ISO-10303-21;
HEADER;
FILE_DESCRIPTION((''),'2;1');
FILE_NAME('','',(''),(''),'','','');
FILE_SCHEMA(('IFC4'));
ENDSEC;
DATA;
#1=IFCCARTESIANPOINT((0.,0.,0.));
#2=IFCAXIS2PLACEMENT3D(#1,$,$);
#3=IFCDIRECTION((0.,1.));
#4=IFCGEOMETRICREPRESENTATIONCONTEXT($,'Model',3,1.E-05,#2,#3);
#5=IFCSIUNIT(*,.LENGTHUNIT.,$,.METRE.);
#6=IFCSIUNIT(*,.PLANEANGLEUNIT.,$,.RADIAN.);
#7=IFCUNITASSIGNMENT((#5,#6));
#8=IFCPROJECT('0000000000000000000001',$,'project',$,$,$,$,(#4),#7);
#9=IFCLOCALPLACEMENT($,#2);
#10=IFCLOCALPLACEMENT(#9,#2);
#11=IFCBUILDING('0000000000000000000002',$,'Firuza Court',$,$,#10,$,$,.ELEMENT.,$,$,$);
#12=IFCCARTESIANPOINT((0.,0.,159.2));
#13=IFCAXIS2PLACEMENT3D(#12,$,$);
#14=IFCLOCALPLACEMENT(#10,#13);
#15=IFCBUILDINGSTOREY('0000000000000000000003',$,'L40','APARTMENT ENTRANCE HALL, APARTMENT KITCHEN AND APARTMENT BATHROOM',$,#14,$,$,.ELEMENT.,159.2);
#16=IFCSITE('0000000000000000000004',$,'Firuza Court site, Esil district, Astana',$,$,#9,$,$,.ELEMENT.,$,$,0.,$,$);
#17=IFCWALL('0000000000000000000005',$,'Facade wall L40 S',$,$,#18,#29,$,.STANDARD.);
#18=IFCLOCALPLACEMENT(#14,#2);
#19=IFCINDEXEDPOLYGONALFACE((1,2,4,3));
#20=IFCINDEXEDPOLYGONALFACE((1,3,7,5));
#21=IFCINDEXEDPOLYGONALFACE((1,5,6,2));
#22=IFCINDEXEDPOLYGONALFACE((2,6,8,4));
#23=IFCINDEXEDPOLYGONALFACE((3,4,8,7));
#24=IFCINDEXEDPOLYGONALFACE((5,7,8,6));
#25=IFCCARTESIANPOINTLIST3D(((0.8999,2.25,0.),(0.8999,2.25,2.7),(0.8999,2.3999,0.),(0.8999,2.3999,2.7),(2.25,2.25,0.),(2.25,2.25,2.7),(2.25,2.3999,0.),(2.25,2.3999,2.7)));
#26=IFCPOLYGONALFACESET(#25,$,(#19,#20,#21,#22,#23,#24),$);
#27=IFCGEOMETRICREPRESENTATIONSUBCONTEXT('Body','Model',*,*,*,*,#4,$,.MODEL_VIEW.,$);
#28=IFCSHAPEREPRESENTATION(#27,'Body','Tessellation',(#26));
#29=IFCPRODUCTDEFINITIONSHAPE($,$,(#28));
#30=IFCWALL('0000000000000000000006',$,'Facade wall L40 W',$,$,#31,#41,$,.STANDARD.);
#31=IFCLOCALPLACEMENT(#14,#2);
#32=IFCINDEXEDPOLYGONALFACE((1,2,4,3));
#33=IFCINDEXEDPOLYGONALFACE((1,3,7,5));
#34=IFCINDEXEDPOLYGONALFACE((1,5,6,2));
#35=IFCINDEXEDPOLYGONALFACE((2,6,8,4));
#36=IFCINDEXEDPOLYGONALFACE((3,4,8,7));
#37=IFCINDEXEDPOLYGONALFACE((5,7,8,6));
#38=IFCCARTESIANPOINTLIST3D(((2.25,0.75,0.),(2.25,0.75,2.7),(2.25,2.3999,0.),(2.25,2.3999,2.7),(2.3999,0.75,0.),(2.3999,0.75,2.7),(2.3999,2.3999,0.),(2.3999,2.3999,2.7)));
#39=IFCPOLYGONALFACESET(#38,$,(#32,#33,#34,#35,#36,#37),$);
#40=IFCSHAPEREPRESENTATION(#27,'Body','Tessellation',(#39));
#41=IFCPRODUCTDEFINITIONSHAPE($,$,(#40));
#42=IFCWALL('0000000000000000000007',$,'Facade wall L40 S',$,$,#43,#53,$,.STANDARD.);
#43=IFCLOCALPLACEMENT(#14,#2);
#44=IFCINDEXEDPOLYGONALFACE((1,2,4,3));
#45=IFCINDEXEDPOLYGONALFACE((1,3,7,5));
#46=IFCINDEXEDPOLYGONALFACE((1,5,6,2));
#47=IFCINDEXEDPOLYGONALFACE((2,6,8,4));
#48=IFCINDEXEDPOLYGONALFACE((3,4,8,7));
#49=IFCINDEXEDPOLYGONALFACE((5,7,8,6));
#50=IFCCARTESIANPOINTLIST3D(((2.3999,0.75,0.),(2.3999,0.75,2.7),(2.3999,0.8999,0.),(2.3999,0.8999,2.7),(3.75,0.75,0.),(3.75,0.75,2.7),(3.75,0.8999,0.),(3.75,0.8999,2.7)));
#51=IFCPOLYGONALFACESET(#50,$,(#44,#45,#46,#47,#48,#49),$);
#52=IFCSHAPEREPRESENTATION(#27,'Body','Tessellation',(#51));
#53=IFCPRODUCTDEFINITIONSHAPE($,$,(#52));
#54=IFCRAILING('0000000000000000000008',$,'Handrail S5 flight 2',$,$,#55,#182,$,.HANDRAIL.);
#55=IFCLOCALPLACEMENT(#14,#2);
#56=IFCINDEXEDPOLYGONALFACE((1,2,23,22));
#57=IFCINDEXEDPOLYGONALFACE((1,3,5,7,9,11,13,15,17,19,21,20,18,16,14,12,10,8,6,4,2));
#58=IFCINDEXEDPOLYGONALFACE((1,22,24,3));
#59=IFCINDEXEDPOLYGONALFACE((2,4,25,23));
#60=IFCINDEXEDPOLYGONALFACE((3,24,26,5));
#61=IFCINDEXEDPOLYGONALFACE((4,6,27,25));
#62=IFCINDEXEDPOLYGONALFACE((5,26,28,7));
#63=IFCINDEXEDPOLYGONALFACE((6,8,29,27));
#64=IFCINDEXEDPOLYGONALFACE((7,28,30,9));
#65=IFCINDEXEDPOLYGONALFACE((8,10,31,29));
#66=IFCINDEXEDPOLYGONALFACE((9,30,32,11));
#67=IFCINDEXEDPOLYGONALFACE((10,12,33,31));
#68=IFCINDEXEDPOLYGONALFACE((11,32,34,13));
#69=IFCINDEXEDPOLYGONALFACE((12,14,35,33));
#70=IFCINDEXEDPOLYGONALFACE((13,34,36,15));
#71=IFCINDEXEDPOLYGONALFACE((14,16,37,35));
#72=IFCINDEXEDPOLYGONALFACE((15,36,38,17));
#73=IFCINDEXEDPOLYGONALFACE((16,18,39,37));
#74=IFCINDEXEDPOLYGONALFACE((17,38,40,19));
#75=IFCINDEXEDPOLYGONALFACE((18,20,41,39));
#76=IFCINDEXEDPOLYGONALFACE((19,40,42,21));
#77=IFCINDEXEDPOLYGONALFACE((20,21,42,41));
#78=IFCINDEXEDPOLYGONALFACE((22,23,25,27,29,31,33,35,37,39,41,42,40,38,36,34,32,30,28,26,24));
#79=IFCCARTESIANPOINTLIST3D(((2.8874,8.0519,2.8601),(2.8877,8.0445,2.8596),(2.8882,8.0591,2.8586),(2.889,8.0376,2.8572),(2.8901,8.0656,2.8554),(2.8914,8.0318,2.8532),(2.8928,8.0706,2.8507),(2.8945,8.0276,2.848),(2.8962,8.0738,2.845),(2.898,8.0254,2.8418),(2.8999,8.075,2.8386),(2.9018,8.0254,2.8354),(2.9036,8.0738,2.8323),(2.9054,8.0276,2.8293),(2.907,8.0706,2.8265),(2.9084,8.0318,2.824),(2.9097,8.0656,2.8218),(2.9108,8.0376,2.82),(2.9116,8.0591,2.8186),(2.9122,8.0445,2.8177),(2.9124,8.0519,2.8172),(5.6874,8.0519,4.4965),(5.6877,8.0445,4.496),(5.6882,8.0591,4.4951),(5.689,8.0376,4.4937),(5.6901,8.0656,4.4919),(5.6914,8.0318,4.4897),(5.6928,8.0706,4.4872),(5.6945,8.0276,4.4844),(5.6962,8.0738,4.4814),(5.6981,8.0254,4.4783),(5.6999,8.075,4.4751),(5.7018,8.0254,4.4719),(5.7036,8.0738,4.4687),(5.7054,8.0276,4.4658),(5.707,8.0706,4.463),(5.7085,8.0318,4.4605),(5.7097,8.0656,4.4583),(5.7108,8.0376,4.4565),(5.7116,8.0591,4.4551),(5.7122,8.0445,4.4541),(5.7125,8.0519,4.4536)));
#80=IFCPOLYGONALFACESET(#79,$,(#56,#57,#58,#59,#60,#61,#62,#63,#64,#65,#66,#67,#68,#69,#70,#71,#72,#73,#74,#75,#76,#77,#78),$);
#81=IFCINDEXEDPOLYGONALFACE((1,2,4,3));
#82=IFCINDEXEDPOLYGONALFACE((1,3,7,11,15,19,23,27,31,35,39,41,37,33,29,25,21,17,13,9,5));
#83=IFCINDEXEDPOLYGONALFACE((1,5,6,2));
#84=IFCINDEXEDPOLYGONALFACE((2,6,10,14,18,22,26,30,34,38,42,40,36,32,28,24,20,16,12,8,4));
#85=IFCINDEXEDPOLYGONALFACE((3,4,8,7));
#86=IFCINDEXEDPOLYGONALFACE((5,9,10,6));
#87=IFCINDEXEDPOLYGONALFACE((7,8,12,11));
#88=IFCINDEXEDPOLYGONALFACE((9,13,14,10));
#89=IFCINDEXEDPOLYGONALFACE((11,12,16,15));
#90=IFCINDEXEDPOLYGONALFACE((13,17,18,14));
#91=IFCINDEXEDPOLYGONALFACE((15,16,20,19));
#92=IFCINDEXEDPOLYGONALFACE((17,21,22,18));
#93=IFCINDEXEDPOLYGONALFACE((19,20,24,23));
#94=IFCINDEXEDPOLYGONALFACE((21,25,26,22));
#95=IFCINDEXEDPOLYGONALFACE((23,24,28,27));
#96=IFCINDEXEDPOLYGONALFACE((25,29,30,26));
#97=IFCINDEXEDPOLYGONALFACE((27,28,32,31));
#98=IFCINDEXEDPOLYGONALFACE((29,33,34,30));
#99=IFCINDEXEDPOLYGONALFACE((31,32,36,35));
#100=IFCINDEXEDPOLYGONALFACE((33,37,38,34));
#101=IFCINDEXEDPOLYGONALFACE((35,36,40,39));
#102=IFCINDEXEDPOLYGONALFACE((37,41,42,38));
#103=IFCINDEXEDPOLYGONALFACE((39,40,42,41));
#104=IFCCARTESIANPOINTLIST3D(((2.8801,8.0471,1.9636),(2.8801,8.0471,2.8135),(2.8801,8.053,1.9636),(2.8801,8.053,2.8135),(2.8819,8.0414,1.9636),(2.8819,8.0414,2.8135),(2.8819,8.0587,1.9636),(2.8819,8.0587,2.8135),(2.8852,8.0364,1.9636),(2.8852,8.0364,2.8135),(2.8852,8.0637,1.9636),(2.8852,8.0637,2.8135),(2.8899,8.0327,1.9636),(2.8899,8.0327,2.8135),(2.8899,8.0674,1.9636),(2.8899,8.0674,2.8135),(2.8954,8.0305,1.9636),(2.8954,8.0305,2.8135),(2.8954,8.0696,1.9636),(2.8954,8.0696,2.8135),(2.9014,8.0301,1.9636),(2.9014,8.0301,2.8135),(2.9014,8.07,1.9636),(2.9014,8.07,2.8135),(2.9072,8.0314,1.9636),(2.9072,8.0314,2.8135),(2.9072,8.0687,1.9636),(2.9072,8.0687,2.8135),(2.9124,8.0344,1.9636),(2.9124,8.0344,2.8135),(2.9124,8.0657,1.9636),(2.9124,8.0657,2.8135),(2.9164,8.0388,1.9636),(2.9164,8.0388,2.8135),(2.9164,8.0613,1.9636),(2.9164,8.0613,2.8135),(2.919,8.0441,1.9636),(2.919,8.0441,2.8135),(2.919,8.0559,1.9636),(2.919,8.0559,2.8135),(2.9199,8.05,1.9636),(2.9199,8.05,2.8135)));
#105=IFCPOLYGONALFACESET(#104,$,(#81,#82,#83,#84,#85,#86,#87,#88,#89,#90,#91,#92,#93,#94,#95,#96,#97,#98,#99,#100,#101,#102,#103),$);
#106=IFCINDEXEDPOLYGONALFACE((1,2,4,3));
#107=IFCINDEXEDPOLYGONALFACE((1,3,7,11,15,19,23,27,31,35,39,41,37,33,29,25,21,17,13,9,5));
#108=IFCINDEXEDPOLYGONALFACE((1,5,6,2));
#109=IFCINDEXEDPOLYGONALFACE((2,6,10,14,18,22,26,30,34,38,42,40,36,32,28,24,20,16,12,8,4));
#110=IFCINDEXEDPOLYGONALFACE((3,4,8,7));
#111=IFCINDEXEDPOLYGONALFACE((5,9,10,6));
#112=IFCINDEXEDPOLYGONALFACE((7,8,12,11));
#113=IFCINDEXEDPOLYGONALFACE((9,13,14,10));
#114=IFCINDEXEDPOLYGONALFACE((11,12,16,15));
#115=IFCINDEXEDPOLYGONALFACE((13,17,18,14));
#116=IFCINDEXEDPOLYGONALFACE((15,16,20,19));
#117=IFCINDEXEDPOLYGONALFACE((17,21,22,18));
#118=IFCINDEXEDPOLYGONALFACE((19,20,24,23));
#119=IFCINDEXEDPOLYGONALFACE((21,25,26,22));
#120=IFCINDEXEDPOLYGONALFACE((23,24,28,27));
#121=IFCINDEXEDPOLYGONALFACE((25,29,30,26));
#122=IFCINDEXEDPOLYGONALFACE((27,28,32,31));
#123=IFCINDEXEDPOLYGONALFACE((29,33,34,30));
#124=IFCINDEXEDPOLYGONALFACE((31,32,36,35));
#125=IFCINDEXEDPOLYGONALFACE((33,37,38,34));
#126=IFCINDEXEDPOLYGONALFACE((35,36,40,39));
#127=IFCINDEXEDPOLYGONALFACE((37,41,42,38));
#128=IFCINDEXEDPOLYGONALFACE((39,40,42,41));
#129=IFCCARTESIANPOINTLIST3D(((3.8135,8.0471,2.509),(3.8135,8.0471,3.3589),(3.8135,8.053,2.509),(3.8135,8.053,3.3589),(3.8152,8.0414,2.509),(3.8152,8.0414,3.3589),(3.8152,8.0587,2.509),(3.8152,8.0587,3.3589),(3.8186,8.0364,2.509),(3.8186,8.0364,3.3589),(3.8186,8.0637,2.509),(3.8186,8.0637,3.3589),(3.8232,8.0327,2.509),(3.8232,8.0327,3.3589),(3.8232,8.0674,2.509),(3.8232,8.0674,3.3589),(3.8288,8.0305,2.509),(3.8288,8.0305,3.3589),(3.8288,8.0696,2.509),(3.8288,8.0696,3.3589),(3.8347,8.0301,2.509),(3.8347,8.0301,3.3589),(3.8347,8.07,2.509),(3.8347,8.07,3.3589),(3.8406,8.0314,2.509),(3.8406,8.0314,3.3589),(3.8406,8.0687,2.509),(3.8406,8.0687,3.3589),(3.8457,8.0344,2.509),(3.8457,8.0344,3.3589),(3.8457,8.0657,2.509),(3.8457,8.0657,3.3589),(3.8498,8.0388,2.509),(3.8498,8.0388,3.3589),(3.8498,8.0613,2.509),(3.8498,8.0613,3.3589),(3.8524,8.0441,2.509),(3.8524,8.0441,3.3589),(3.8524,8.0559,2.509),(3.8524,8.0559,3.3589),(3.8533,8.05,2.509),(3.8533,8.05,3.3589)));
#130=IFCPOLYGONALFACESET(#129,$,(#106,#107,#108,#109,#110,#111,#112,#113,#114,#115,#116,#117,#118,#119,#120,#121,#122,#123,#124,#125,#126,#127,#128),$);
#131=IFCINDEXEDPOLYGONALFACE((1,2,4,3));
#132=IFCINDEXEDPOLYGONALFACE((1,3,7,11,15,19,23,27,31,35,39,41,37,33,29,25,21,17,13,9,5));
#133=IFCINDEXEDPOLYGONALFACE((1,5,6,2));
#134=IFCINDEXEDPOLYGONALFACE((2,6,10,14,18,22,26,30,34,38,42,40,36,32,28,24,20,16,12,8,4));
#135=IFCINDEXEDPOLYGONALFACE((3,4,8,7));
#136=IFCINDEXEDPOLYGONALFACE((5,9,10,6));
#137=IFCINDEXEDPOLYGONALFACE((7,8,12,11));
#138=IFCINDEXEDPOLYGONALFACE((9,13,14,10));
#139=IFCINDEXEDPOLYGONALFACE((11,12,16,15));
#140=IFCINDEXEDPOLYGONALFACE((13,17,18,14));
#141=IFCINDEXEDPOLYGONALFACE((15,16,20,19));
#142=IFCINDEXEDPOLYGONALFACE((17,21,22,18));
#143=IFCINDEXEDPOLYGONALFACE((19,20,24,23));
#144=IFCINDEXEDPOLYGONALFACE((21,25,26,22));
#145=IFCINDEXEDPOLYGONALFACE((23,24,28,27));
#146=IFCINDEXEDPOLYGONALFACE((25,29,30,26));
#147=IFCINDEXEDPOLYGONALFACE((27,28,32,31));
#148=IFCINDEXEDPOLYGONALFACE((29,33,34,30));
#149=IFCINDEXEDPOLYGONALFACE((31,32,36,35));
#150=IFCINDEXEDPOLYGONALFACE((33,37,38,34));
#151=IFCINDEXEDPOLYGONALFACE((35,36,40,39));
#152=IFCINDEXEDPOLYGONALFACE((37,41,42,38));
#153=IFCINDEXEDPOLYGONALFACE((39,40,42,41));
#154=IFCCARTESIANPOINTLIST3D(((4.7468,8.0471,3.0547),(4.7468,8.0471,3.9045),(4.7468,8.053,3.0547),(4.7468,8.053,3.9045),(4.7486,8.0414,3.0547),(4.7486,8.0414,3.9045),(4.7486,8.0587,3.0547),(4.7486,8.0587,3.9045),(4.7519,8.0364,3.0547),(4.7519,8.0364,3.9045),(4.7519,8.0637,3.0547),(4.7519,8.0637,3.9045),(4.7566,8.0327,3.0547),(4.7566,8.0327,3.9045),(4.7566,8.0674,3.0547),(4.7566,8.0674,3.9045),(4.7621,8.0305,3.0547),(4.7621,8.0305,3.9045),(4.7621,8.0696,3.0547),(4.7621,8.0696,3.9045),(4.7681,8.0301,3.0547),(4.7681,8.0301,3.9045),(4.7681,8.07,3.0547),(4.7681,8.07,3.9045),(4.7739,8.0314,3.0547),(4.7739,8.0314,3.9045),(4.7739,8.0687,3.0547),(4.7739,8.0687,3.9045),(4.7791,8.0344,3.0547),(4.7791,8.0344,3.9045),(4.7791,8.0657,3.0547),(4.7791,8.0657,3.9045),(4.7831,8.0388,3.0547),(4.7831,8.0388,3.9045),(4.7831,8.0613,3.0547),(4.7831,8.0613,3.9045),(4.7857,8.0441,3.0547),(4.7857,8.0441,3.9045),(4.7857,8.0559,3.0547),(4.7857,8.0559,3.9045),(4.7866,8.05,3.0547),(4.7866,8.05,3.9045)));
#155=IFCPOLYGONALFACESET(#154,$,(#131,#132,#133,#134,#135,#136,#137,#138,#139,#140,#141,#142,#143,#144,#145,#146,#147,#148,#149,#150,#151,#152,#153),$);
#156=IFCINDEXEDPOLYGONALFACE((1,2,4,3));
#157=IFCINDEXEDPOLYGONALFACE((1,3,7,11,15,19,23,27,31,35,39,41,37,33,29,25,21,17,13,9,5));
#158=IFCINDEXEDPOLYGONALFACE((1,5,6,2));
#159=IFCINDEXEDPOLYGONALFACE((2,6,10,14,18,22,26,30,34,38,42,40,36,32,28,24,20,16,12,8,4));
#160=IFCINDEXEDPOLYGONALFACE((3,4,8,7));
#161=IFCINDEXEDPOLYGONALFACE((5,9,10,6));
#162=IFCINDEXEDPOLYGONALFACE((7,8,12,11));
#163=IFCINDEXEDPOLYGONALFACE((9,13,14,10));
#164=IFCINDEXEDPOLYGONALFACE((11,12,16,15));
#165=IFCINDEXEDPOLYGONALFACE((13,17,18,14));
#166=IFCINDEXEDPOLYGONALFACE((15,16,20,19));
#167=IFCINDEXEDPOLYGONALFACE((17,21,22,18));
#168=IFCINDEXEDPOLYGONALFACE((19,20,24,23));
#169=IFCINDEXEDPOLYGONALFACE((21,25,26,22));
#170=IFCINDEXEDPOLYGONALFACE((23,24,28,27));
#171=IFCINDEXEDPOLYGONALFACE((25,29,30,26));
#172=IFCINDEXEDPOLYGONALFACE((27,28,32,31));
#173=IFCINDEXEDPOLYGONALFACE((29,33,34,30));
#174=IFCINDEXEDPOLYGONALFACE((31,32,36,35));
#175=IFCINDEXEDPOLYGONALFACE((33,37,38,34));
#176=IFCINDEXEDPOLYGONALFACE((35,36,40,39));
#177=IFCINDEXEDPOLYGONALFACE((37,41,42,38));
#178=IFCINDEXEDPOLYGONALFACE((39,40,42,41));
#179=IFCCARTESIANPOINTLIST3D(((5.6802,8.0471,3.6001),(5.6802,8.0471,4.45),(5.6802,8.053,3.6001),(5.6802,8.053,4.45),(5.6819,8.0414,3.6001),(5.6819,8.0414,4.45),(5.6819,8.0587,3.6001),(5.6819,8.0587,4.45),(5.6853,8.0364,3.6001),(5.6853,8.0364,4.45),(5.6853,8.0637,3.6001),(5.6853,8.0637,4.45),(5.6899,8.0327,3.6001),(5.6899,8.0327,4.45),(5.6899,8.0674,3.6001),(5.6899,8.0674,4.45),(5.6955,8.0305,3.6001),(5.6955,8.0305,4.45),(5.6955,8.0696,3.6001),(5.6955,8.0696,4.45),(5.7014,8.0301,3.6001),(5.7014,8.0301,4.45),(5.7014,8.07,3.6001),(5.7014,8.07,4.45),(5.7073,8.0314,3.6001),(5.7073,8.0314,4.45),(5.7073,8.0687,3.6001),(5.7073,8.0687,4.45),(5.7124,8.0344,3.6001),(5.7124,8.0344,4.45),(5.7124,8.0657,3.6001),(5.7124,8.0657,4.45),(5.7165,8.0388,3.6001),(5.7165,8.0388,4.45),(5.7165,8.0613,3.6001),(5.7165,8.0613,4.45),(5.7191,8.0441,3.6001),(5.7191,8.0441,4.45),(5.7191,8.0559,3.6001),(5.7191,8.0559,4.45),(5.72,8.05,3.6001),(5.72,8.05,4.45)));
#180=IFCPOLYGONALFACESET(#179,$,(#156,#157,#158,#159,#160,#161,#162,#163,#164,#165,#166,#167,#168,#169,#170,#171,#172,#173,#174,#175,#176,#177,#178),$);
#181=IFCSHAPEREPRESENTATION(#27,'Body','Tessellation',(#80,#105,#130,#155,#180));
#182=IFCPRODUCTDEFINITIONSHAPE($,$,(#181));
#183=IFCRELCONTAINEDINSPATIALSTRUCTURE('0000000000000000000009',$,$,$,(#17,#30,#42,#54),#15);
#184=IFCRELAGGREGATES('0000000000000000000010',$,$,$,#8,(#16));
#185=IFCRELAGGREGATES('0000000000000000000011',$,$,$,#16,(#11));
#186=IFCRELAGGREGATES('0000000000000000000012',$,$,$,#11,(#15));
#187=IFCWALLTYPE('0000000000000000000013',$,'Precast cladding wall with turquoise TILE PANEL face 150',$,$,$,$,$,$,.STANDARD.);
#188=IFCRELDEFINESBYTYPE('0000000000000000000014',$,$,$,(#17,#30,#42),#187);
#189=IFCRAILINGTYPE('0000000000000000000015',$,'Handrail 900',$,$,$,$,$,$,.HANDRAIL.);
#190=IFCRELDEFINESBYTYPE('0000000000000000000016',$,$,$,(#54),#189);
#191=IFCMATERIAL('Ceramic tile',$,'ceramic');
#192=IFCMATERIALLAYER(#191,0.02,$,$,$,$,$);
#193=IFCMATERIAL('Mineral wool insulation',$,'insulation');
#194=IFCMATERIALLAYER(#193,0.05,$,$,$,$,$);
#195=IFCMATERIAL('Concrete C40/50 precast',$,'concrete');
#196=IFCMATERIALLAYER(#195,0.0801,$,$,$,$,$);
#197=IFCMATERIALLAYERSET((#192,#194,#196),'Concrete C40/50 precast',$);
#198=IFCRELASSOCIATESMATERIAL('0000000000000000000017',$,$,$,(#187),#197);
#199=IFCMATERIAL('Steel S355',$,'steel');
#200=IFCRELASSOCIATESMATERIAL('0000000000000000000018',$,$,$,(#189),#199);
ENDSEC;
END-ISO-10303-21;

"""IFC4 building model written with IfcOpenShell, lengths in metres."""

from ifc_helpers import new_model, si_unit, direction, frame, frame_2d, origin, origin_2d, place, context, subcontext, project, spatial, rectangle, circle, extrude, material, layer, layer_set, type_object, element, save


model = new_model("IFC4")

# Units and contexts
model_context = context("Model", 3, precision=1e-05, world=origin(), true_north=direction((0.0, 1.0)))
body_context = subcontext(model_context, "Body", "Model", "MODEL_VIEW")
ifc_project = project(units=[si_unit("LENGTHUNIT", "METRE"), si_unit("PLANEANGLEUNIT", "RADIAN")], contexts=[model_context])

# Site, building, storey
site_placement = place(None, origin())
site = spatial("IfcSite", under=ifc_project, at=site_placement, Name="Firuza Court site, Esil district, Astana", CompositionType="ELEMENT", RefElevation=0.0)
building_placement = place(site_placement, origin())
building = spatial("IfcBuilding", under=site, at=building_placement, Name="Firuza Court", CompositionType="ELEMENT")
storey_placement = place(building_placement, frame((0.0, 0.0, 159.2)))
storey = spatial("IfcBuildingStorey", under=building, at=storey_placement, Name="L40", Description="APARTMENT ENTRANCE HALL, APARTMENT KITCHEN AND APARTMENT BATHROOM", CompositionType="ELEMENT", Elevation=159.2)

# Shared definitions
ifc_material_1 = material(Name="Concrete C40/50 precast", Category="concrete")

# Walls
ifc_material_2 = material(Name="Ceramic tile", Category="ceramic")
ifc_layer_1 = layer(ifc_material_2, 0.02)
ifc_material_3 = material(Name="Mineral wool insulation", Category="insulation")
ifc_layer_2 = layer(ifc_material_3, 0.05)
ifc_layer_3 = layer(ifc_material_1, 0.0801)
ifc_layer_set_1 = layer_set([ifc_layer_1, ifc_layer_2, ifc_layer_3], Name="Concrete C40/50 precast")
wall_type_1 = type_object("IfcWallType", Name="Precast cladding wall with turquoise TILE PANEL face 150", PredefinedType="STANDARD", material=ifc_layer_set_1)
wall_1_placement = place(storey_placement, frame((0.8999, 2.325, 0.0), z_axis=(0.0, 0.0, 1.0), x_axis=(1.0, 0.0, 0.0)))
element("IfcWall", 1, at=wall_1_placement, inside=storey, type_object=wall_type_1, Name="Facade wall L40 S", PredefinedType="STANDARD", context=body_context, shape_type="SweptSolid", body=[
    extrude(rectangle(XDim=1.3501, YDim=0.1499, at=frame_2d((0.675, 0.0))), origin(), (0.0, 0.0, 1.0), 2.7),
])
wall_2_placement = place(storey_placement, frame((2.325, 2.3999, 0.0), z_axis=(0.0, 0.0, 1.0), x_axis=(0.0, -1.0, 0.0)))
element("IfcWall", 2, at=wall_2_placement, inside=storey, type_object=wall_type_1, Name="Facade wall L40 W", PredefinedType="STANDARD", context=body_context, shape_type="SweptSolid", body=[
    extrude(rectangle(XDim=1.6499, YDim=0.1499, at=frame_2d((0.825, 0.0))), origin(), (0.0, 0.0, 1.0), 2.7),
])
wall_3_placement = place(storey_placement, frame((2.3999, 0.825, 0.0), z_axis=(0.0, 0.0, 1.0), x_axis=(1.0, 0.0, 0.0)))
element("IfcWall", 3, at=wall_3_placement, inside=storey, type_object=wall_type_1, Name="Facade wall L40 S", PredefinedType="STANDARD", context=body_context, shape_type="SweptSolid", body=[
    extrude(rectangle(XDim=1.3501, YDim=0.1499, at=frame_2d((0.675, 0.0))), origin(), (0.0, 0.0, 1.0), 2.7),
])

# Railing
ifc_material_4 = material(Name="Steel S355", Category="steel")
railing_type = type_object("IfcRailingType", Name="Handrail 900", PredefinedType="HANDRAIL", material=ifc_material_4)
railing_placement = place(storey_placement, frame((2.8999, 8.05, 1.9636)))
element("IfcRailing", 4, at=railing_placement, inside=storey, type_object=railing_type, Name="Handrail S5 flight 2", PredefinedType="HANDRAIL", context=body_context, shape_type="SweptSolid", body=[
    extrude(circle(Radius=0.0249, at=origin_2d()), frame((0.0, 0.0, 0.875), z_axis=(0.863361, 0.0, 0.504587), x_axis=(0.0, 1.0, 0.0)), (0.0, 0.0, 1.0), 3.2432),
    extrude(circle(Radius=0.02, at=origin_2d()), origin(), (0.0, 0.0, 1.0), 0.8499),
    extrude(circle(Radius=0.02, at=origin_2d()), frame((0.9333, 0.0, 0.5454)), (0.0, 0.0, 1.0), 0.8499),
    extrude(circle(Radius=0.02, at=origin_2d()), frame((1.8667, 0.0, 1.0911)), (0.0, 0.0, 1.0), 0.8499),
    extrude(circle(Radius=0.02, at=origin_2d()), frame((2.8, 0.0, 1.6365)), (0.0, 0.0, 1.0), 0.8499),
])

save(model, "model.ifc")
